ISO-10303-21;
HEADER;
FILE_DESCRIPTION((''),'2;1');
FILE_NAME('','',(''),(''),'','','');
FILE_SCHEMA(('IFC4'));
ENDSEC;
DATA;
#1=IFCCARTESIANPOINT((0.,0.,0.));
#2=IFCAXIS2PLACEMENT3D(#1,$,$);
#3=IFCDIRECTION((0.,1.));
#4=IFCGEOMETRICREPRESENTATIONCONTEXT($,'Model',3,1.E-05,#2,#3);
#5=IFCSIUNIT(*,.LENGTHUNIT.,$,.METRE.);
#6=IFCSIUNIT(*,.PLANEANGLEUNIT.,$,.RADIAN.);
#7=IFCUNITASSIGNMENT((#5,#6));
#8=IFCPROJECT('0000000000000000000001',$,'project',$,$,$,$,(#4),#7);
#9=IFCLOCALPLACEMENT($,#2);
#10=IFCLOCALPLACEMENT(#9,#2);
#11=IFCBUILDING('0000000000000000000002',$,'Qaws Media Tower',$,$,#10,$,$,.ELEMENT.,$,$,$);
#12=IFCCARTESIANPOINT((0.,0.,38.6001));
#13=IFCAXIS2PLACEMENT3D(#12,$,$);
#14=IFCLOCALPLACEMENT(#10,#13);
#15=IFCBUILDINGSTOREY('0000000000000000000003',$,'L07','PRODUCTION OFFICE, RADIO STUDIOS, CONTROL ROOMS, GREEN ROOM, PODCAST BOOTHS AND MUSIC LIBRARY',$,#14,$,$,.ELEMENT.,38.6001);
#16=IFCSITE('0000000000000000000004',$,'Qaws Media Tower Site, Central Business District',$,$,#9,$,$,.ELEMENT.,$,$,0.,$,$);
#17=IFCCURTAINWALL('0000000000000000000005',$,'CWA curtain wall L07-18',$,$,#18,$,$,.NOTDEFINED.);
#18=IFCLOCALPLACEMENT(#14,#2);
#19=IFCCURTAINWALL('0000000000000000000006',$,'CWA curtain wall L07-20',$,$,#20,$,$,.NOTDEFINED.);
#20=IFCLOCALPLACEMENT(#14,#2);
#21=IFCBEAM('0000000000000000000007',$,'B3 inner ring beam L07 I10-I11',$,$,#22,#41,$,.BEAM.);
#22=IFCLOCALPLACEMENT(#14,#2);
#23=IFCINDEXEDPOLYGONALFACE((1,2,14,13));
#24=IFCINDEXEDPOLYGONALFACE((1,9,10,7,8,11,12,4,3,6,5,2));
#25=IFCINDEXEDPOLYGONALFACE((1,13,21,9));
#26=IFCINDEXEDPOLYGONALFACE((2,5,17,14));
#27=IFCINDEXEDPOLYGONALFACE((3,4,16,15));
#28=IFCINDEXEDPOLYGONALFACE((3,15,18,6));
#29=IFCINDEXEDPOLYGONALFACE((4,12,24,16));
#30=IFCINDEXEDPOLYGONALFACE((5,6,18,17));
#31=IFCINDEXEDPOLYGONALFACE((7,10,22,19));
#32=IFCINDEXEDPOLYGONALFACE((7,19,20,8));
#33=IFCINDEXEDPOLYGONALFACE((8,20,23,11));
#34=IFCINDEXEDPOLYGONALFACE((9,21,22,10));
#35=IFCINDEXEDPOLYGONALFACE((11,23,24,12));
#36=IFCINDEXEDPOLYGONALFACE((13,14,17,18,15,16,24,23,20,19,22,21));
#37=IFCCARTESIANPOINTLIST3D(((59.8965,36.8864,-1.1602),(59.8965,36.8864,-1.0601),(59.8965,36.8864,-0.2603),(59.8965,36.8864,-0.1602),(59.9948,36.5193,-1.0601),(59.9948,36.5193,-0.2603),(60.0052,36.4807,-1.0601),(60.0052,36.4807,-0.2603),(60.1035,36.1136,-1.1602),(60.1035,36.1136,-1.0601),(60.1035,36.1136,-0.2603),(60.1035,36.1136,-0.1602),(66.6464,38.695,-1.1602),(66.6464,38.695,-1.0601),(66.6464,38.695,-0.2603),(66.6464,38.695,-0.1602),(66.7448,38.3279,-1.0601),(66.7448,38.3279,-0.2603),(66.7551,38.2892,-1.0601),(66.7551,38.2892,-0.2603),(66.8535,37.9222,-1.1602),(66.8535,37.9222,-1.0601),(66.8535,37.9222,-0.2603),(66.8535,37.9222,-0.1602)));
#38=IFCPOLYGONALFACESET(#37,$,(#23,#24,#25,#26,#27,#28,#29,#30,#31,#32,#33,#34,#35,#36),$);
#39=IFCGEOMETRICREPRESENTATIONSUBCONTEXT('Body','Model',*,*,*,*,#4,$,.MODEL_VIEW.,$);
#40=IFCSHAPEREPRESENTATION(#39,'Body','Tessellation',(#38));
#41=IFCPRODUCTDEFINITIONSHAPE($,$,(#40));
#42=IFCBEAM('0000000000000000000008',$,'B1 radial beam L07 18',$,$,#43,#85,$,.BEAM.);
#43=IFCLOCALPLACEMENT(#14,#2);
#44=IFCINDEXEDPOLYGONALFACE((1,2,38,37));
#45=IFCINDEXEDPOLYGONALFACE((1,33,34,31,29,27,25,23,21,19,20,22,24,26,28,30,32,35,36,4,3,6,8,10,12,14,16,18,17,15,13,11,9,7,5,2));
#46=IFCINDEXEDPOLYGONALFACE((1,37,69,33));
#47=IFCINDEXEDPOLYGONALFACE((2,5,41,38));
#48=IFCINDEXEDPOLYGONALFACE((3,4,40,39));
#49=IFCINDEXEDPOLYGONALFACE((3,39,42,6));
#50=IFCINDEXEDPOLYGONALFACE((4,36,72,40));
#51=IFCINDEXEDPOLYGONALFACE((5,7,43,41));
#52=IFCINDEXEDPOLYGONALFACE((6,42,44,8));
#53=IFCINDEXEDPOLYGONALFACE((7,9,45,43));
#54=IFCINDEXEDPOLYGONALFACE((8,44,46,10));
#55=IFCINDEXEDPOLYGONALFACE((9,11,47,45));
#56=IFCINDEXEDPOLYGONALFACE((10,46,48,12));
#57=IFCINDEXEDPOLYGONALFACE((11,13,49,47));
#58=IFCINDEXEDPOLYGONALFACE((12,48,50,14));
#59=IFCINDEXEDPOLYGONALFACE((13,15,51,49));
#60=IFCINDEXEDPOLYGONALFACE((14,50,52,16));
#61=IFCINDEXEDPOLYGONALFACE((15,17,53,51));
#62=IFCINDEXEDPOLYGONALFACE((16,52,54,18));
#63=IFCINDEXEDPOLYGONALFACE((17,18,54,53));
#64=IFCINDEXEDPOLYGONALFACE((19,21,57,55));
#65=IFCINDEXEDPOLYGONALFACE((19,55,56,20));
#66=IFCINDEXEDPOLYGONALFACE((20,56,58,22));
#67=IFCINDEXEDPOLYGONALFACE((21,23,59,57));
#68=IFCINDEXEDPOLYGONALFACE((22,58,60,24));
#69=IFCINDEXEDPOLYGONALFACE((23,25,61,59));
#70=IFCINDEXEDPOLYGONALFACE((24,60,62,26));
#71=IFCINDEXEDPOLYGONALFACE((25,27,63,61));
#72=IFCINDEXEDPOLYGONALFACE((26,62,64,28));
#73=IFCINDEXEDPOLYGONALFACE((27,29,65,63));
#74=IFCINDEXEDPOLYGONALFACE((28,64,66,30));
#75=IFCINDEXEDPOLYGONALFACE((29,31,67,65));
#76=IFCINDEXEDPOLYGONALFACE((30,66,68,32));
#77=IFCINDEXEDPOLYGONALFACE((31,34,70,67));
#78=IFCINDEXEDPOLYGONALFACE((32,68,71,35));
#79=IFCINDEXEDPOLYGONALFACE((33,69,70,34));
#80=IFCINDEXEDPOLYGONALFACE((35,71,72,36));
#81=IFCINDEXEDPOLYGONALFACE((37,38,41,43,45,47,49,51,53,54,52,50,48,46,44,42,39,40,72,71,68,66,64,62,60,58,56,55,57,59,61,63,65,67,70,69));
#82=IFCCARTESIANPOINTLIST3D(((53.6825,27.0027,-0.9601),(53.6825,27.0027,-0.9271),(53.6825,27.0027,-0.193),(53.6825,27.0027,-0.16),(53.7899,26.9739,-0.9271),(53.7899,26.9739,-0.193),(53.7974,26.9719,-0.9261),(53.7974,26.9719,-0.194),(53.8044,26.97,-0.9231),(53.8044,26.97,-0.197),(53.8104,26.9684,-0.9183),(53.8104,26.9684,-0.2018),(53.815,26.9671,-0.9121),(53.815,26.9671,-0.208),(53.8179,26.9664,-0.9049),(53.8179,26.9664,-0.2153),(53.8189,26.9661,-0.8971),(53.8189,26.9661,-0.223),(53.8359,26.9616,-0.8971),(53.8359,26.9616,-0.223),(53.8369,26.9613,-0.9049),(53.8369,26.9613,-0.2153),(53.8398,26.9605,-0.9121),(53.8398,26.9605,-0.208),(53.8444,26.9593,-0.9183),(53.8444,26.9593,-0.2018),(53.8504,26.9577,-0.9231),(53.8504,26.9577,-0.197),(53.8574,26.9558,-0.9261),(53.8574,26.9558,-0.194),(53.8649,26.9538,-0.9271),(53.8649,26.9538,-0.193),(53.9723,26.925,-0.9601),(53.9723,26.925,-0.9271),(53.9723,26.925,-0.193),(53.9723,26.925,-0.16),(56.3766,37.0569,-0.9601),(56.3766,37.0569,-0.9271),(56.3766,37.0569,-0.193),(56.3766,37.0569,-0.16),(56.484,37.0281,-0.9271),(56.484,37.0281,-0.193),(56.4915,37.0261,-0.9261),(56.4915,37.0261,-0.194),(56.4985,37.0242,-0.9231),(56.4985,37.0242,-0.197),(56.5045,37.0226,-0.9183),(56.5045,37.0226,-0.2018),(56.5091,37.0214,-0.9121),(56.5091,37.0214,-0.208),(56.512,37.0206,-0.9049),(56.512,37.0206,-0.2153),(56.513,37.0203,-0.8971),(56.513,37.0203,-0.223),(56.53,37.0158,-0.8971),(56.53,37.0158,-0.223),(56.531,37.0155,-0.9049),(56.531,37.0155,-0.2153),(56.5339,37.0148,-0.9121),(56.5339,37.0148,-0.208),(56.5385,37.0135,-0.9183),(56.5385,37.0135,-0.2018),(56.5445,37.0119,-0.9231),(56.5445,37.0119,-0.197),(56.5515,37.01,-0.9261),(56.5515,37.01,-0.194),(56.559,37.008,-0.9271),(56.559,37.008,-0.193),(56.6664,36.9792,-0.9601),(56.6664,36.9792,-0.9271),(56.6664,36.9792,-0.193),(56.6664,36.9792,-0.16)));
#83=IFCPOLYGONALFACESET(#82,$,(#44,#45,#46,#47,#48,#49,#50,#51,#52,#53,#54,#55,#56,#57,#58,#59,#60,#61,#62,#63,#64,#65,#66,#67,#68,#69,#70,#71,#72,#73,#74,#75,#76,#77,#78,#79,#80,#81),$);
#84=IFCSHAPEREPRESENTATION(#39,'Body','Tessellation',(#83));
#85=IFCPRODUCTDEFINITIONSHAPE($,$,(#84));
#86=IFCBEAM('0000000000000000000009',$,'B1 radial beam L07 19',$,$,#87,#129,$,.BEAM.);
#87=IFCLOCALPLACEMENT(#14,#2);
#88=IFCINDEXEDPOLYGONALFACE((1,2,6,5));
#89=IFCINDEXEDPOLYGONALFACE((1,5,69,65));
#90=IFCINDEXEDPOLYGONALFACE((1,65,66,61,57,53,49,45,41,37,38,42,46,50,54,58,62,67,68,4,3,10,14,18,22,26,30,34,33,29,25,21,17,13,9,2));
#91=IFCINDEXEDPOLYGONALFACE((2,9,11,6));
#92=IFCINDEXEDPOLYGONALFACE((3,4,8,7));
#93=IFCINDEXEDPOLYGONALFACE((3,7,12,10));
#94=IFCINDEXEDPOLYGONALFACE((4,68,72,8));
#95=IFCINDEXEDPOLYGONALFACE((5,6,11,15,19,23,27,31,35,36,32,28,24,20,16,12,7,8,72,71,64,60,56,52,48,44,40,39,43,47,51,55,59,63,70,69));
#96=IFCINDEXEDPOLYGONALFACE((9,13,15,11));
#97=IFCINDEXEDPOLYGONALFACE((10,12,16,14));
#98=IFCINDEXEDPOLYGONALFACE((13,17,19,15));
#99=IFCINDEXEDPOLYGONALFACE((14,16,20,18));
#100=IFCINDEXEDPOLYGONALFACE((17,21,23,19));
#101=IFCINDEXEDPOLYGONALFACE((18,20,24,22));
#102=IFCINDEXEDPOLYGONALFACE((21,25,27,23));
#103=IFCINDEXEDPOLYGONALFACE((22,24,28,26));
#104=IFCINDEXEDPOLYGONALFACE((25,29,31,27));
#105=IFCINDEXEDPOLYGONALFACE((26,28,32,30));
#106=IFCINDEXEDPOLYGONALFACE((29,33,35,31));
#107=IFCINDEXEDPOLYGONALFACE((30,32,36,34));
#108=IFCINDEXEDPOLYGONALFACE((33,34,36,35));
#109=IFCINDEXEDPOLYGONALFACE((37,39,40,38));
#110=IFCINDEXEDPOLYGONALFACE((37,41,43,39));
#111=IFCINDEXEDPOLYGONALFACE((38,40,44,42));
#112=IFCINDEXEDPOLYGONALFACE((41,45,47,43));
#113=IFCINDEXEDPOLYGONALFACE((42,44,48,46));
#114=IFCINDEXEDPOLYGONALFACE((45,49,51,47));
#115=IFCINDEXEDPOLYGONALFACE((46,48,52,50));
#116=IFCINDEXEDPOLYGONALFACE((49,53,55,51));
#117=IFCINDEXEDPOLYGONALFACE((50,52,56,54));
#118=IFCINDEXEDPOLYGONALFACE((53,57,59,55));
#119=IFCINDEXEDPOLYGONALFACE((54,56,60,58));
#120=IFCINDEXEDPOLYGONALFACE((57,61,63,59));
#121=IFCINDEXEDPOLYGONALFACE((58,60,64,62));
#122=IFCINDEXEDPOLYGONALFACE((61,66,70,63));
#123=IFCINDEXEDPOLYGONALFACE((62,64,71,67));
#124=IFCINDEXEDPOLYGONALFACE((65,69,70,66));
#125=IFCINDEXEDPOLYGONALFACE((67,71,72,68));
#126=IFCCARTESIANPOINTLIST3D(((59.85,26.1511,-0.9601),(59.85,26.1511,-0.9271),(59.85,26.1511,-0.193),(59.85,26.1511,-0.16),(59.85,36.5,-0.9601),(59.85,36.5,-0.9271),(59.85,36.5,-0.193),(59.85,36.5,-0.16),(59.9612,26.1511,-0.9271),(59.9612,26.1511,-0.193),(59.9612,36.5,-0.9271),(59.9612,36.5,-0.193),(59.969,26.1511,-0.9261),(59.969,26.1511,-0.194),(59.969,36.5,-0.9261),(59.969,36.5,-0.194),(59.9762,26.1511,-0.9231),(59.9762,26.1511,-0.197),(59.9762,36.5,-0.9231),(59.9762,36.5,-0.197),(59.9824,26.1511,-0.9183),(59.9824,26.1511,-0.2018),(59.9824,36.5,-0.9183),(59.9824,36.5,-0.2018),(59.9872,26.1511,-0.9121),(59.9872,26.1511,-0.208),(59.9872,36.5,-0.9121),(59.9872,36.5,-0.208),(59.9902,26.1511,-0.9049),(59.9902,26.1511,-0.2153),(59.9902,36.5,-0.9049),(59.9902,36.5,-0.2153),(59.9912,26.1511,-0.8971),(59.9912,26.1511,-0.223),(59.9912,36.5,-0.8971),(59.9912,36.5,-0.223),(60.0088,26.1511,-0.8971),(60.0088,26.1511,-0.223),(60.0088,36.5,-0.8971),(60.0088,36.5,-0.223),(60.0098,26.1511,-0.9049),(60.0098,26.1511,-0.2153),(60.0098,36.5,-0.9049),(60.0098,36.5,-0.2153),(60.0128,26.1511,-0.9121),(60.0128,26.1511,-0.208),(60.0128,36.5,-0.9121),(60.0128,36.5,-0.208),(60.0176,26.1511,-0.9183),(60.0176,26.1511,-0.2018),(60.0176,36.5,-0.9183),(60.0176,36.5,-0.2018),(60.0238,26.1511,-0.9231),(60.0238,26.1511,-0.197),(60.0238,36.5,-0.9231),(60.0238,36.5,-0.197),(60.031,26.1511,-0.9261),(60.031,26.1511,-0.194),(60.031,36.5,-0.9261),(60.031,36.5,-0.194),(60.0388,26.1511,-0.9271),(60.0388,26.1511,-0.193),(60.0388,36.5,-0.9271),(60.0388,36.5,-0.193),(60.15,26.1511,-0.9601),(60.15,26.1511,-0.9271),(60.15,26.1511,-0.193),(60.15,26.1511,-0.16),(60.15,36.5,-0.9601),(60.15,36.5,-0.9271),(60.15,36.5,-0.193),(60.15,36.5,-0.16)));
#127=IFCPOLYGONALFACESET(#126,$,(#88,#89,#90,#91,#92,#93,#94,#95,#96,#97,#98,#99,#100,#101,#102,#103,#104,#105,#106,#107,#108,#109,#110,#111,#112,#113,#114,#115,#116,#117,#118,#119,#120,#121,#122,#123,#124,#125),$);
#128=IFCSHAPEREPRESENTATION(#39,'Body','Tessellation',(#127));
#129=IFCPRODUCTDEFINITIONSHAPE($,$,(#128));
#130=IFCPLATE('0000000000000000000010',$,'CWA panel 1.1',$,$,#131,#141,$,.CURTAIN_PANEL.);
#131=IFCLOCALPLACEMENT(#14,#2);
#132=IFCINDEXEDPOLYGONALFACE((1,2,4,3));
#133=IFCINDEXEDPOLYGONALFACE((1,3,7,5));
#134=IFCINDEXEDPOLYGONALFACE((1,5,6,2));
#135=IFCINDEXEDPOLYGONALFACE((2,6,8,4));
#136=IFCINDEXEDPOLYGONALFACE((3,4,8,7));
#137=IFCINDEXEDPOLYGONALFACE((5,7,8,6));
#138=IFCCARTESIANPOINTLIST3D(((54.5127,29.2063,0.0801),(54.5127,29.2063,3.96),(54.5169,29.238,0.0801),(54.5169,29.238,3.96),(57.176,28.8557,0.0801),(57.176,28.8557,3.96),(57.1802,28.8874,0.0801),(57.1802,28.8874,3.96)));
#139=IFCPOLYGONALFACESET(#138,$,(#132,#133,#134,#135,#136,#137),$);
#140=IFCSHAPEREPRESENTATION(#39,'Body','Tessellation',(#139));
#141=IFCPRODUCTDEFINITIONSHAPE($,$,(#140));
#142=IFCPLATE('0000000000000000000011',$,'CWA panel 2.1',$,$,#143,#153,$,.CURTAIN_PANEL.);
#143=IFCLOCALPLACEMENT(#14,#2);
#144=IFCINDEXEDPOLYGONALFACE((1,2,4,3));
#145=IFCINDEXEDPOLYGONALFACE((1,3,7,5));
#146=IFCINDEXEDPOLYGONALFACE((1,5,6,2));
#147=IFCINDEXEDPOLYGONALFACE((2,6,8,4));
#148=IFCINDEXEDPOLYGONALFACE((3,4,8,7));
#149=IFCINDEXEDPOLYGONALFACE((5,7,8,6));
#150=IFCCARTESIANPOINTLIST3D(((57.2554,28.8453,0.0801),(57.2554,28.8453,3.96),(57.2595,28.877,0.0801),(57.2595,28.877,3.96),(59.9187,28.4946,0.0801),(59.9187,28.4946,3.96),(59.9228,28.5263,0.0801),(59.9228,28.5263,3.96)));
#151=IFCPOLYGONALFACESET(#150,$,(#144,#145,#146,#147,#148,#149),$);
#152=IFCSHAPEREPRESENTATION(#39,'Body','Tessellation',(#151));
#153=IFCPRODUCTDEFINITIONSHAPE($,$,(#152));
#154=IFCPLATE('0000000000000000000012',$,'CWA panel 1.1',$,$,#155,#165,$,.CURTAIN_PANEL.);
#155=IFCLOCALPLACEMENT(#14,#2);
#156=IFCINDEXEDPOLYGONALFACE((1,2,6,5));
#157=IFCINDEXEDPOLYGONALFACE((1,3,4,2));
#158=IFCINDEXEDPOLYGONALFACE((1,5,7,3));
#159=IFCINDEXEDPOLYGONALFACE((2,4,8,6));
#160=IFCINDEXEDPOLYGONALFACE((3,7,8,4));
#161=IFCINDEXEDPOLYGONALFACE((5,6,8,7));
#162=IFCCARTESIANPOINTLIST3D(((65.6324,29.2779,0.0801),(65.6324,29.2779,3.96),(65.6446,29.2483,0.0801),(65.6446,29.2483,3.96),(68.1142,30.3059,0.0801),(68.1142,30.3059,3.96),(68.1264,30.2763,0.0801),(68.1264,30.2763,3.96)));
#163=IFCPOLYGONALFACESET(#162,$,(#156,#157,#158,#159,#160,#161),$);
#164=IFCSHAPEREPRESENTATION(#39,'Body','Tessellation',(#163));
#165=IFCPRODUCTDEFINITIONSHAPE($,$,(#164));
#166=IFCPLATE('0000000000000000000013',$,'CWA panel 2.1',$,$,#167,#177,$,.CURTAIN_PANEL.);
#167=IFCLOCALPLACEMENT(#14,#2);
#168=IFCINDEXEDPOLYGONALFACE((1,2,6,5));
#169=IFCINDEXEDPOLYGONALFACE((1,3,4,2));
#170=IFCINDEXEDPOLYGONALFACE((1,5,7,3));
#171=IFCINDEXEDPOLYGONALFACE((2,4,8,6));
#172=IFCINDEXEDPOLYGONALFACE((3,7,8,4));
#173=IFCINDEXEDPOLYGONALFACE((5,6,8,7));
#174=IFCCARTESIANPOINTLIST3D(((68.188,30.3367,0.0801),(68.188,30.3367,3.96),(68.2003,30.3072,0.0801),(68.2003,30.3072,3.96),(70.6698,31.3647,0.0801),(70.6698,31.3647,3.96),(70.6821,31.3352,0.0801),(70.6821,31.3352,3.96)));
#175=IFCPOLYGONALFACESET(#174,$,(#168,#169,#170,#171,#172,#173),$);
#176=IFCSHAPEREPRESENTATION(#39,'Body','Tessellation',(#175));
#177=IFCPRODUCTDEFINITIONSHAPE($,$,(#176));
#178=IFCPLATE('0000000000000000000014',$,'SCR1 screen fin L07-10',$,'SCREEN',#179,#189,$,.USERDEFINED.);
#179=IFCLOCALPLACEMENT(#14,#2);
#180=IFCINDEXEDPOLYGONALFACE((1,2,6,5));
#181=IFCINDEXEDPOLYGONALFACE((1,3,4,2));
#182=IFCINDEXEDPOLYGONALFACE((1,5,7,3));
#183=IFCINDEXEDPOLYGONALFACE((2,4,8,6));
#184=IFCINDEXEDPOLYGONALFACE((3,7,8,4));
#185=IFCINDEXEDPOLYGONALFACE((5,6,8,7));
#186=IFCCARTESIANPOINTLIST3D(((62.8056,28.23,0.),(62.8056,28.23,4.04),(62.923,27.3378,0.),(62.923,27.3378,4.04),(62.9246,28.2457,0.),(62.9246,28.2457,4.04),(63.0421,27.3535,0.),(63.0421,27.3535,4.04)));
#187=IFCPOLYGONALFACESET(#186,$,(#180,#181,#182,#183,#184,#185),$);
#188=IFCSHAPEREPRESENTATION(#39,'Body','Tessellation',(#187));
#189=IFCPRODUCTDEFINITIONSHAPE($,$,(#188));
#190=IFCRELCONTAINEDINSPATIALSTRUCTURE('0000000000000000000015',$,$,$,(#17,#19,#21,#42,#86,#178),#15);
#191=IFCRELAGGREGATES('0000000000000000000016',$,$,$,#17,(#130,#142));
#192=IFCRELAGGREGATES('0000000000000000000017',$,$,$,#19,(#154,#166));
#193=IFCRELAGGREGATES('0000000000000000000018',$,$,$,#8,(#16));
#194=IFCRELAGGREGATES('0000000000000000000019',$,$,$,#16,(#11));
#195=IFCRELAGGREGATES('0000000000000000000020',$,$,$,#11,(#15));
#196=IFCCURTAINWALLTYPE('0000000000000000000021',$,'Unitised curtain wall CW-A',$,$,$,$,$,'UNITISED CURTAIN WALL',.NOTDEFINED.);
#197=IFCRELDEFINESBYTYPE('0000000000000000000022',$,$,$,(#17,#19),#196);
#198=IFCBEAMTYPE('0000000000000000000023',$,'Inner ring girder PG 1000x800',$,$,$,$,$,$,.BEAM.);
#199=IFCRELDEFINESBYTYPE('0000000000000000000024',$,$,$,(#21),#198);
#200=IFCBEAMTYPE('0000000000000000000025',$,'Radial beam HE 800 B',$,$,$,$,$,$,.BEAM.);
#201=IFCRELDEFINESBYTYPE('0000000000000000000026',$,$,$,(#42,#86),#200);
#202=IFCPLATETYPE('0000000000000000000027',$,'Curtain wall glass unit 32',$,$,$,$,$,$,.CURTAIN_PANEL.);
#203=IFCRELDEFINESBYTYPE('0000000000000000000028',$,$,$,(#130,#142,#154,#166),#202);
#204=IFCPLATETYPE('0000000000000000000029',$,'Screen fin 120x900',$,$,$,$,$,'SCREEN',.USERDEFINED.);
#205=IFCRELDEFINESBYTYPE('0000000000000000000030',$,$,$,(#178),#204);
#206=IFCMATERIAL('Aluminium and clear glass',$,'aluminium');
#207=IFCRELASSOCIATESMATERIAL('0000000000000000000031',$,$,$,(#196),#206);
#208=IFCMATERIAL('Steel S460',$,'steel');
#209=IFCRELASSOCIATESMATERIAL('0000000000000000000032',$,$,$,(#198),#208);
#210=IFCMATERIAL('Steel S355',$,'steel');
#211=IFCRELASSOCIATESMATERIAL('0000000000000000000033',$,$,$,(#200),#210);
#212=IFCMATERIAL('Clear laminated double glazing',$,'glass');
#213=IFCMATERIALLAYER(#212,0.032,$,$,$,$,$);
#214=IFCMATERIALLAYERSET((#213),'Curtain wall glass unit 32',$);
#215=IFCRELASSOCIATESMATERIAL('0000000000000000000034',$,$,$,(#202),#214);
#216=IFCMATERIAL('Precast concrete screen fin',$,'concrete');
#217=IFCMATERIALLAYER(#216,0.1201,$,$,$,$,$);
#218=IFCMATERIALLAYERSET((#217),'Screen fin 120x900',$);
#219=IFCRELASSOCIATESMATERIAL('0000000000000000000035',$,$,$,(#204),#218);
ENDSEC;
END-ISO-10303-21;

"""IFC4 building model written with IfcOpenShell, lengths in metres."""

from ifc_helpers import new_model, si_unit, direction, frame, origin, origin_2d, place, context, subcontext, project, spatial, rectangle, i_section, extrude, material, layer, layer_set, material_profile, profile_set, type_object, element, aggregate, save


model = new_model("IFC4")

# Units and contexts
model_context = context("Model", 3, precision=1e-05, world=origin(), true_north=direction((0.0, 1.0)))
body_context = subcontext(model_context, "Body", "Model", "MODEL_VIEW")
ifc_project = project(units=[si_unit("LENGTHUNIT", "METRE"), si_unit("PLANEANGLEUNIT", "RADIAN")], contexts=[model_context])

# Site, building, storey
site_placement = place(None, origin())
site = spatial("IfcSite", under=ifc_project, at=site_placement, Name="Qaws Media Tower Site, Central Business District", CompositionType="ELEMENT", RefElevation=0.0)
building_placement = place(site_placement, origin())
building = spatial("IfcBuilding", under=site, at=building_placement, Name="Qaws Media Tower", CompositionType="ELEMENT")
storey_placement = place(building_placement, frame((0.0, 0.0, 38.6001)))
storey = spatial("IfcBuildingStorey", under=building, at=storey_placement, Name="L07", Description="PRODUCTION OFFICE, RADIO STUDIOS, CONTROL ROOMS, GREEN ROOM, PODCAST BOOTHS AND MUSIC LIBRARY", CompositionType="ELEMENT", Elevation=38.6001)

# Curtain walls
ifc_material_1 = material(Name="Aluminium and clear glass", Category="aluminium")
curtain_wall_type = type_object("IfcCurtainWallType", Name="Unitised curtain wall CW-A", ElementType="UNITISED CURTAIN WALL", PredefinedType="NOTDEFINED", material=ifc_material_1)
curtain_wall_1_placement = place(storey_placement, origin())
curtain_wall_1 = element("IfcCurtainWall", 1, at=curtain_wall_1_placement, inside=storey, type_object=curtain_wall_type, Name="CWA curtain wall L07-18", PredefinedType="NOTDEFINED")
curtain_wall_2_placement = place(storey_placement, origin())
curtain_wall_2 = element("IfcCurtainWall", 2, at=curtain_wall_2_placement, inside=storey, type_object=curtain_wall_type, Name="CWA curtain wall L07-20", PredefinedType="NOTDEFINED")

# Beams
ifc_material_2 = material(Name="Steel S460", Category="steel")
ifc_material_profile_1 = material_profile(ifc_material_2, i_section(OverallWidth=0.8, OverallDepth=1.0, WebThickness=0.04, FlangeThickness=0.1001, at=origin_2d()), Name="PG 1000x800")
ifc_profile_set_1 = profile_set([ifc_material_profile_1], Name="Steel S460")
beam_type_1 = type_object("IfcBeamType", Name="Inner ring girder PG 1000x800", PredefinedType="BEAM", material=ifc_profile_set_1)
beam_1_placement = place(storey_placement, frame((60.0, 36.5, -0.6602), z_axis=(0.965928, 0.258811, 0.0), x_axis=(-0.258811, 0.965928, 0.0)))
element("IfcBeam", 3, at=beam_1_placement, inside=storey, type_object=beam_type_1, Name="B3 inner ring beam L07 I10-I11", PredefinedType="BEAM", context=body_context, shape_type="SweptSolid", body=[
    extrude(i_section(OverallWidth=0.8, OverallDepth=1.0, WebThickness=0.04, FlangeThickness=0.1001, at=origin_2d()), origin(), (0.0, 0.0, 1.0), 6.988),
])
ifc_material_3 = material(Name="Steel S355", Category="steel")
ifc_material_profile_2 = material_profile(ifc_material_3, i_section(OverallWidth=0.3, OverallDepth=0.8, WebThickness=0.0176, FlangeThickness=0.033, FilletRadius=0.03, at=origin_2d()), Name="HE 800 B")
ifc_profile_set_2 = profile_set([ifc_material_profile_2], Name="Steel S355")
beam_type_2 = type_object("IfcBeamType", Name="Radial beam HE 800 B", PredefinedType="BEAM", material=ifc_profile_set_2)
beam_2_placement = place(storey_placement, frame((56.5215, 37.0181, -0.5601), z_axis=(-0.258826, -0.965924, 0.0), x_axis=(0.965924, -0.258826, 0.0)))
element("IfcBeam", 4, at=beam_2_placement, inside=storey, type_object=beam_type_2, Name="B1 radial beam L07 18", PredefinedType="BEAM", context=body_context, shape_type="SweptSolid", body=[
    extrude(i_section(OverallWidth=0.3, OverallDepth=0.8, WebThickness=0.0176, FlangeThickness=0.033, FilletRadius=0.03, at=origin_2d()), origin(), (0.0, 0.0, 1.0), 10.4089),
])
beam_3_placement = place(storey_placement, frame((60.0, 36.5, -0.5601), z_axis=(0.0, -1.0, 0.0), x_axis=(1.0, 0.0, 0.0)))
element("IfcBeam", 5, at=beam_3_placement, inside=storey, type_object=beam_type_2, Name="B1 radial beam L07 19", PredefinedType="BEAM", context=body_context, shape_type="SweptSolid", body=[
    extrude(i_section(OverallWidth=0.3, OverallDepth=0.8, WebThickness=0.0176, FlangeThickness=0.033, FilletRadius=0.03, at=origin_2d()), origin(), (0.0, 0.0, 1.0), 10.3489),
])

# Plates
ifc_material_4 = material(Name="Clear laminated double glazing", Category="glass")
ifc_layer_1 = layer(ifc_material_4, 0.032)
ifc_layer_set_1 = layer_set([ifc_layer_1], Name="Curtain wall glass unit 32")
plate_type_1 = type_object("IfcPlateType", Name="Curtain wall glass unit 32", PredefinedType="CURTAIN_PANEL", material=ifc_layer_set_1)
plate_1_placement = place(storey_placement, frame((55.8464, 29.0469, 0.0801), z_axis=(0.0, 0.0, 1.0), x_axis=(0.991445, -0.130526, 0.0)))
plate_1 = element("IfcPlate", 6, at=plate_1_placement, type_object=plate_type_1, Name="CWA panel 1.1", PredefinedType="CURTAIN_PANEL", context=body_context, shape_type="SweptSolid", body=[
    extrude(rectangle(XDim=2.6863, YDim=0.032, at=origin_2d()), origin(), (0.0, 0.0, 1.0), 3.8799),
])
plate_2_placement = place(storey_placement, frame((58.5891, 28.6858, 0.0801), z_axis=(0.0, 0.0, 1.0), x_axis=(0.991445, -0.130526, 0.0)))
plate_2 = element("IfcPlate", 7, at=plate_2_placement, type_object=plate_type_1, Name="CWA panel 2.1", PredefinedType="CURTAIN_PANEL", context=body_context, shape_type="SweptSolid", body=[
    extrude(rectangle(XDim=2.6863, YDim=0.032, at=origin_2d()), origin(), (0.0, 0.0, 1.0), 3.8799),
])
aggregate(curtain_wall_1, [plate_1, plate_2])
plate_3_placement = place(storey_placement, frame((66.8794, 29.7771, 0.0801), z_axis=(0.0, 0.0, 1.0), x_axis=(0.92388, 0.382683, 0.0)))
plate_3 = element("IfcPlate", 8, at=plate_3_placement, type_object=plate_type_1, Name="CWA panel 1.1", PredefinedType="CURTAIN_PANEL", context=body_context, shape_type="SweptSolid", body=[
    extrude(rectangle(XDim=2.6863, YDim=0.032, at=origin_2d()), origin(), (0.0, 0.0, 1.0), 3.8799),
])
plate_4_placement = place(storey_placement, frame((69.4351, 30.8359, 0.0801), z_axis=(0.0, 0.0, 1.0), x_axis=(0.92388, 0.382683, 0.0)))
plate_4 = element("IfcPlate", 9, at=plate_4_placement, type_object=plate_type_1, Name="CWA panel 2.1", PredefinedType="CURTAIN_PANEL", context=body_context, shape_type="SweptSolid", body=[
    extrude(rectangle(XDim=2.6863, YDim=0.032, at=origin_2d()), origin(), (0.0, 0.0, 1.0), 3.8799),
])
aggregate(curtain_wall_2, [plate_3, plate_4])
ifc_material_5 = material(Name="Precast concrete screen fin", Category="concrete")
ifc_layer_2 = layer(ifc_material_5, 0.1201)
ifc_layer_set_2 = layer_set([ifc_layer_2], Name="Screen fin 120x900")
plate_type_2 = type_object("IfcPlateType", Name="Screen fin 120x900", ElementType="SCREEN", PredefinedType="USERDEFINED", material=ifc_layer_set_2)
plate_5_placement = place(storey_placement, frame((62.9238, 27.7917, 0.0), z_axis=(0.0, 0.0, 1.0), x_axis=(0.130526, -0.991445, 0.0)))
element("IfcPlate", 10, at=plate_5_placement, inside=storey, type_object=plate_type_2, Name="SCR1 screen fin L07-10", ObjectType="SCREEN", PredefinedType="USERDEFINED", context=body_context, shape_type="SweptSolid", body=[
    extrude(rectangle(XDim=0.8999, YDim=0.1201, at=origin_2d()), origin(), (0.0, 0.0, 1.0), 4.04),
])

save(model, "model.ifc")
